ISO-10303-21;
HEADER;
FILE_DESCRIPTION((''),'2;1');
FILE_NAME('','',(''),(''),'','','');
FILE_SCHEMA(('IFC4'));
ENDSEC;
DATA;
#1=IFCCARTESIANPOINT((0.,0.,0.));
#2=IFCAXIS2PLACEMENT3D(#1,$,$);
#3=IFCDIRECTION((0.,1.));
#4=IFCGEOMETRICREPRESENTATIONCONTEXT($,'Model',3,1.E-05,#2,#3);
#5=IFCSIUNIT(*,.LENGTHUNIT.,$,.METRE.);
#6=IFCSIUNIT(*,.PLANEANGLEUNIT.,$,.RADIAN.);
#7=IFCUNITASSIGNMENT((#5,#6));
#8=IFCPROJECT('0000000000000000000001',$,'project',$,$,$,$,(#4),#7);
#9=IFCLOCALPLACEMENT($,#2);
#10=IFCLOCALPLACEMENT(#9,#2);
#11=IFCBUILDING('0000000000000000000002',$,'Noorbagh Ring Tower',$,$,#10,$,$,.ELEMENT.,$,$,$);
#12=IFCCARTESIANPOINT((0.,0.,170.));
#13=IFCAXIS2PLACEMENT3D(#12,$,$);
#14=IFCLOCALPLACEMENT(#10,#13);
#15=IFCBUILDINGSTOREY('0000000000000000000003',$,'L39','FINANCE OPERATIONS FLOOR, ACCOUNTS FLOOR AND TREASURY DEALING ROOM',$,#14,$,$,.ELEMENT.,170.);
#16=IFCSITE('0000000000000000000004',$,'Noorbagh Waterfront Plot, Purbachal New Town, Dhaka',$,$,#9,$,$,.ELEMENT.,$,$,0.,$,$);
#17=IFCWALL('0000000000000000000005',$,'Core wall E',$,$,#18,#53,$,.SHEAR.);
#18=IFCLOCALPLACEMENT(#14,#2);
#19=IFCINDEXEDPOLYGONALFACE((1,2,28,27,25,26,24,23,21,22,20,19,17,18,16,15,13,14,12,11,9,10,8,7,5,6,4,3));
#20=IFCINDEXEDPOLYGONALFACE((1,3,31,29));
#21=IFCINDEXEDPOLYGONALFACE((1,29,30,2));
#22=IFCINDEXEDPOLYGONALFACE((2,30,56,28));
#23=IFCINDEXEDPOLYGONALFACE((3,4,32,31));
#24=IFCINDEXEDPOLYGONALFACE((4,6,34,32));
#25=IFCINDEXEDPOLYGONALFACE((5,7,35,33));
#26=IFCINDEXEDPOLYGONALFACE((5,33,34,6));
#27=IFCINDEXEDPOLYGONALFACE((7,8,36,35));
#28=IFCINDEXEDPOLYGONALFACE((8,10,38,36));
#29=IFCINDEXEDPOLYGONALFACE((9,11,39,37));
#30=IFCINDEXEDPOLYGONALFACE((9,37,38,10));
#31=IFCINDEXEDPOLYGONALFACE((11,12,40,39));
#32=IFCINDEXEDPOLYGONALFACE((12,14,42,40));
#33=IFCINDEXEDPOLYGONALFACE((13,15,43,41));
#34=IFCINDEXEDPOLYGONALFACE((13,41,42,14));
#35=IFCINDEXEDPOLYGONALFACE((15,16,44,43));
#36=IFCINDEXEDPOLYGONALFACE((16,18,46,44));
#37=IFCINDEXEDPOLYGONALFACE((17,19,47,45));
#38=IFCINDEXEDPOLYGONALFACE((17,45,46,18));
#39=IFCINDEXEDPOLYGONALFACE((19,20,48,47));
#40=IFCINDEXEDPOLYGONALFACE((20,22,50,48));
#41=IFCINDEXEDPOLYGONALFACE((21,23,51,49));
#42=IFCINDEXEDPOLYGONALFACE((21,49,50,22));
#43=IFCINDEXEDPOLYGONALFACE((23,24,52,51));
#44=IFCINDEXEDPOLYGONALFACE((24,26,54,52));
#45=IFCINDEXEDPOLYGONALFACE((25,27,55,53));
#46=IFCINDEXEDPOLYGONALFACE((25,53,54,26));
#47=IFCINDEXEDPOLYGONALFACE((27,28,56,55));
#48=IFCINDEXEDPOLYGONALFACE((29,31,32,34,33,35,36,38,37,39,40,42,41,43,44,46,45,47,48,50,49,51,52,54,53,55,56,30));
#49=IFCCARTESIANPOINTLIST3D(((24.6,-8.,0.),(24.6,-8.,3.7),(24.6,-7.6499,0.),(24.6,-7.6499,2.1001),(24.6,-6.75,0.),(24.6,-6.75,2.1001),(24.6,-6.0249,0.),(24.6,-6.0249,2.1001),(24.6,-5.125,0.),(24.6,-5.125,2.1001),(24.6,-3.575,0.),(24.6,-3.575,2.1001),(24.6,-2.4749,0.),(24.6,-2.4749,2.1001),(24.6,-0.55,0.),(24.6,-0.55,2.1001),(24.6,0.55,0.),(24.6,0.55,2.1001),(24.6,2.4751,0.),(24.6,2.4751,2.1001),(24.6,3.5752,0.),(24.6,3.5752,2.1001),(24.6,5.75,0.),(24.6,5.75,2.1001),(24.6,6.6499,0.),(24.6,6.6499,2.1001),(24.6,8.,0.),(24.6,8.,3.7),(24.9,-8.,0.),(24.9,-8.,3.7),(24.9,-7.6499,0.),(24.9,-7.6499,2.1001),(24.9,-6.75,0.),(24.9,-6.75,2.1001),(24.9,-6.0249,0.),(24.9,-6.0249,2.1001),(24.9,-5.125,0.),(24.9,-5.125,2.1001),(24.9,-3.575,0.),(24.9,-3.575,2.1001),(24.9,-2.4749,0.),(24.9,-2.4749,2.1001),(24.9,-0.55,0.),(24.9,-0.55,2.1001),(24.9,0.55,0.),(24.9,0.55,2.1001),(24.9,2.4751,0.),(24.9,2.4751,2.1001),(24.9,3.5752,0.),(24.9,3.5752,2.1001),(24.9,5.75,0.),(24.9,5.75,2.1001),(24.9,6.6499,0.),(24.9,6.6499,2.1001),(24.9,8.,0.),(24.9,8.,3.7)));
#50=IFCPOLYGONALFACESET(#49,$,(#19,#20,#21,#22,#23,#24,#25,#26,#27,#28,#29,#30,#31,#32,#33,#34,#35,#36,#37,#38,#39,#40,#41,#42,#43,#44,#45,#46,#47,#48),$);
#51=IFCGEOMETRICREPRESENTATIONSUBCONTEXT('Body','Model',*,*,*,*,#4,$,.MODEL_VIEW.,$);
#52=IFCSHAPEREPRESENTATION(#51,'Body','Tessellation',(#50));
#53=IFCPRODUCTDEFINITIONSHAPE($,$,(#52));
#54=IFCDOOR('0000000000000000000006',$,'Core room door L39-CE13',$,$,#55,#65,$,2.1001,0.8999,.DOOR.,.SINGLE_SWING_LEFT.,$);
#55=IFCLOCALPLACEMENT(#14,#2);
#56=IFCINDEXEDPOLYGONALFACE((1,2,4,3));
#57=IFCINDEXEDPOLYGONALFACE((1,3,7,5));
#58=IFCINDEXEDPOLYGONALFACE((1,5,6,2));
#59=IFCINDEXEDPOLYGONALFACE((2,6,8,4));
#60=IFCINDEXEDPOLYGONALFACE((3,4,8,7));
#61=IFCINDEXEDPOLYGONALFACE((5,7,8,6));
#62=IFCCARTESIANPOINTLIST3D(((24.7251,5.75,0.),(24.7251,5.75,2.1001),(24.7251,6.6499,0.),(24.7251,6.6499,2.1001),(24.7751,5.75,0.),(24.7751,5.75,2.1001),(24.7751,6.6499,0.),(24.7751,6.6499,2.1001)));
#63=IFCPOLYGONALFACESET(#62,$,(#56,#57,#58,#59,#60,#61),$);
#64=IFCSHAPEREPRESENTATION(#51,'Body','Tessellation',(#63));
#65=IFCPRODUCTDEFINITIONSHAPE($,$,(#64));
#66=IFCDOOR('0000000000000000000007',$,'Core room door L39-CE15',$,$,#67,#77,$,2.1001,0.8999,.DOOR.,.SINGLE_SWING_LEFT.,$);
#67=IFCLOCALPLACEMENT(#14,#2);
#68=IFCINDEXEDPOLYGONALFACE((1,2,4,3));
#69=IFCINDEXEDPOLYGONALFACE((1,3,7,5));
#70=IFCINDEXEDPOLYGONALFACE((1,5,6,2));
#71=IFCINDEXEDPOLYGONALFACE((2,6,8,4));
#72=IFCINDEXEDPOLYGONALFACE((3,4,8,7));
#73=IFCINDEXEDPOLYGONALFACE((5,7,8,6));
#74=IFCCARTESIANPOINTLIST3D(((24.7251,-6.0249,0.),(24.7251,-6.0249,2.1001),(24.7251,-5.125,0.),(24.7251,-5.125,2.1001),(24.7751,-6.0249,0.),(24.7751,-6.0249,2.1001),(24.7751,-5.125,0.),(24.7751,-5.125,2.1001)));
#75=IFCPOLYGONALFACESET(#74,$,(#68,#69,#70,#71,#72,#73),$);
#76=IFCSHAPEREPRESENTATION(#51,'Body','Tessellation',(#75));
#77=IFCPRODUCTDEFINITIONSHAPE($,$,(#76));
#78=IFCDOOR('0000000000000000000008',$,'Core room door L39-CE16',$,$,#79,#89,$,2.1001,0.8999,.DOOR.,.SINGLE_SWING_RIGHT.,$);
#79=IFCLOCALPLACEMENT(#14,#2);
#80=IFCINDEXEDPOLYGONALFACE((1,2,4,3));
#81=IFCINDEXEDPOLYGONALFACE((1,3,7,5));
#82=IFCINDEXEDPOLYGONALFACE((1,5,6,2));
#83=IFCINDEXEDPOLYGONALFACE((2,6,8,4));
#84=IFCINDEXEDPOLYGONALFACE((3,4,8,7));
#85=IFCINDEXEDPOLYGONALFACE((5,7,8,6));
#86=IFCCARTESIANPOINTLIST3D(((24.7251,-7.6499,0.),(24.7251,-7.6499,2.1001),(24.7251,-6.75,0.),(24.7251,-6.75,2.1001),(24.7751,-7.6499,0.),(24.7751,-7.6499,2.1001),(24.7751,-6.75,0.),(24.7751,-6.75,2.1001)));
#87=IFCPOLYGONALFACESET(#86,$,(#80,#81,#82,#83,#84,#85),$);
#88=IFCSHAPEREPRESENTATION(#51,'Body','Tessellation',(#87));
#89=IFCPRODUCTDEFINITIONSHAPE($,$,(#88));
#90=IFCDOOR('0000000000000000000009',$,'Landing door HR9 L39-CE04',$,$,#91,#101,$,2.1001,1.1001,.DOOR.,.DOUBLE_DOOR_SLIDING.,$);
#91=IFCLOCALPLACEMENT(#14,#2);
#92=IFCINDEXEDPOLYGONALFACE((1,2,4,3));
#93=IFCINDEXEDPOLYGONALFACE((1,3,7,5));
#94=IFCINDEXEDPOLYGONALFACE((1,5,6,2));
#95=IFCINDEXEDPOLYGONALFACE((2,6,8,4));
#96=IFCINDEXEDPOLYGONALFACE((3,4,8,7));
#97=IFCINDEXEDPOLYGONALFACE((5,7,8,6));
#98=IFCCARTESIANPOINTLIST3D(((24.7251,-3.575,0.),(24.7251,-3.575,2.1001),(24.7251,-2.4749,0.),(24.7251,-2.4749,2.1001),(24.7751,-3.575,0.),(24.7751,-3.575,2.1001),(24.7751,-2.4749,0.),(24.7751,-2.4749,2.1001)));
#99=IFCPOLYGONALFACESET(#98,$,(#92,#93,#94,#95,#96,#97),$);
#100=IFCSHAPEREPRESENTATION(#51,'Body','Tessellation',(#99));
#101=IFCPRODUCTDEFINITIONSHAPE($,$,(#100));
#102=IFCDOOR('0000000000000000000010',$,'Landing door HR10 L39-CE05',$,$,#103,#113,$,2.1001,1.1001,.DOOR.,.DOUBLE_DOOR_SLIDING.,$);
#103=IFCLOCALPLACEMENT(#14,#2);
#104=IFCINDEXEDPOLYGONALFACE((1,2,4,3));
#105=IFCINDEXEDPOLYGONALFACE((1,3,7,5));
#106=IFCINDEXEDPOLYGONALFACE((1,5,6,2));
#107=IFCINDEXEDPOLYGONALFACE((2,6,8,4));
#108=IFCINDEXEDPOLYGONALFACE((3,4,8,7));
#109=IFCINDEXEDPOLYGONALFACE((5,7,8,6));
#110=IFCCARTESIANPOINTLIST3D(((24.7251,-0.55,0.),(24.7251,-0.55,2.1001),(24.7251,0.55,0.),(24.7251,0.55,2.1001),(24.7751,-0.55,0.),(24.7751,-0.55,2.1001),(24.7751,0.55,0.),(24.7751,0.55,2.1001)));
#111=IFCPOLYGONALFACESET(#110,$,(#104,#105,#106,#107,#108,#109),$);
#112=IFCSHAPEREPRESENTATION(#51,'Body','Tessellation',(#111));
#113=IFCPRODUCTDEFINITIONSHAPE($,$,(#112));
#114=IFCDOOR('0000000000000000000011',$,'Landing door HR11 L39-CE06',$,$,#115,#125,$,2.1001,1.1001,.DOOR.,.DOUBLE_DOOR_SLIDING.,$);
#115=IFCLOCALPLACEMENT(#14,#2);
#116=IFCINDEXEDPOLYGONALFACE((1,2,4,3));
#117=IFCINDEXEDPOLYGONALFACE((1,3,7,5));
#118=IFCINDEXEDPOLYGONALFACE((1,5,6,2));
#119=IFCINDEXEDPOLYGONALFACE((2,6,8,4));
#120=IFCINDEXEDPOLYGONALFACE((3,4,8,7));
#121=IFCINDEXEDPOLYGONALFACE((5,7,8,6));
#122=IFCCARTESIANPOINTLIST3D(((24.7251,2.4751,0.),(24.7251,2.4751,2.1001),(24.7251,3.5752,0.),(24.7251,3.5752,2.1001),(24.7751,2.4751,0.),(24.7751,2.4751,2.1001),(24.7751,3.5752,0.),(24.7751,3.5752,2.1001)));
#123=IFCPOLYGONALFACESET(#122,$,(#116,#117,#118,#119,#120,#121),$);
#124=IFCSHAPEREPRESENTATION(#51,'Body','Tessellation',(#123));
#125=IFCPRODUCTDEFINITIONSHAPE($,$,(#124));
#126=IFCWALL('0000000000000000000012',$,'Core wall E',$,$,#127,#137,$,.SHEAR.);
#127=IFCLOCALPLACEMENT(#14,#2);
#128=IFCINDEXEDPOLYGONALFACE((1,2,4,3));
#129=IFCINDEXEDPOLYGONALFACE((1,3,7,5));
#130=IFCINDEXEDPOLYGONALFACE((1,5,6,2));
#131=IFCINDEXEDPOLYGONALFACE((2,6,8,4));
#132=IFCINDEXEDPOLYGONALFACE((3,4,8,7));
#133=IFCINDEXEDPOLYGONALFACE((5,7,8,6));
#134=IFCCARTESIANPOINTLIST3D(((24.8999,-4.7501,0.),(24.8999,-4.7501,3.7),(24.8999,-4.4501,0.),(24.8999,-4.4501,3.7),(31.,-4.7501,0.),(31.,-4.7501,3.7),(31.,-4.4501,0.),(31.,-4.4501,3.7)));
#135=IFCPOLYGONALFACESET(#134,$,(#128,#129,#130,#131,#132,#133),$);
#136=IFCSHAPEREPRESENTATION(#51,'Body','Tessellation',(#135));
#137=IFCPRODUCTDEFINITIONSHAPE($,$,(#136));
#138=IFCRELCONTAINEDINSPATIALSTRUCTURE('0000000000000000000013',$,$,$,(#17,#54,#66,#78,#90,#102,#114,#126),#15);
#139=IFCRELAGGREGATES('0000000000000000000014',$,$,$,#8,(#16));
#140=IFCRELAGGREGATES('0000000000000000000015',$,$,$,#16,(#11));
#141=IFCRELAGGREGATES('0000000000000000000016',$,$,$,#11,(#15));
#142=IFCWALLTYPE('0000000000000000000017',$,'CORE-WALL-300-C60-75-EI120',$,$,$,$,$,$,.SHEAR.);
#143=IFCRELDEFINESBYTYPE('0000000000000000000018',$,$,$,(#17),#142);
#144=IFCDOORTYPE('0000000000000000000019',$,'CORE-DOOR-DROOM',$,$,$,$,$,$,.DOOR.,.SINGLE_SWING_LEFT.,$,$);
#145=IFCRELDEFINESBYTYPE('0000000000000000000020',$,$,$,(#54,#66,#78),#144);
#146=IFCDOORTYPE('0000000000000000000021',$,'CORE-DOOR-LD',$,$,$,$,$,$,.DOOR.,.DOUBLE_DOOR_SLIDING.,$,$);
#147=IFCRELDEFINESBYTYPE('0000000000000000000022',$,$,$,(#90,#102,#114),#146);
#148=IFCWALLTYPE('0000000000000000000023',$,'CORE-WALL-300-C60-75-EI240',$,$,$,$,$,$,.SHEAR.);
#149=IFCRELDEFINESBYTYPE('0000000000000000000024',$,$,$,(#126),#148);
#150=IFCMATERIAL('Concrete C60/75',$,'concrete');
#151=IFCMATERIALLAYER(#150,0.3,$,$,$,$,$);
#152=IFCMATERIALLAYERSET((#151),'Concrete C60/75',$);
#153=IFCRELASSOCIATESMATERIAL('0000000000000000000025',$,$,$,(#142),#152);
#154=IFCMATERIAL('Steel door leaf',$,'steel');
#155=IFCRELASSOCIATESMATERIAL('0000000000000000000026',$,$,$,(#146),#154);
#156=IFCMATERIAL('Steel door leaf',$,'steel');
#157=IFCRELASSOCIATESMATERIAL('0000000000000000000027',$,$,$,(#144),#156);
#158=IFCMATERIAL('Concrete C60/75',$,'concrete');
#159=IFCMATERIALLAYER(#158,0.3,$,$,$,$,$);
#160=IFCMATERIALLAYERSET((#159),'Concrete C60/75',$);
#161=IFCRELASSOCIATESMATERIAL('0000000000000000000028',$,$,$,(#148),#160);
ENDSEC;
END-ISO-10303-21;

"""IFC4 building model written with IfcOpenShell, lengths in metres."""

from ifc_helpers import new_model, si_unit, direction, frame, frame_2d, origin, place, context, subcontext, project, spatial, rectangle, extrude, material, layer, layer_set, type_object, element, fill, save


model = new_model("IFC4")

# Units and contexts
model_context = context("Model", 3, precision=1e-05, world=origin(), true_north=direction((0.0, 1.0)))
body_context = subcontext(model_context, "Body", "Model", "MODEL_VIEW")
ifc_project = project(units=[si_unit("LENGTHUNIT", "METRE"), si_unit("PLANEANGLEUNIT", "RADIAN")], contexts=[model_context])

# Site, building, storey
site_placement = place(None, origin())
site = spatial("IfcSite", under=ifc_project, at=site_placement, Name="Noorbagh Waterfront Plot, Purbachal New Town, Dhaka", CompositionType="ELEMENT", RefElevation=0.0)
building_placement = place(site_placement, origin())
building = spatial("IfcBuilding", under=site, at=building_placement, Name="Noorbagh Ring Tower", CompositionType="ELEMENT")
storey_placement = place(building_placement, frame((0.0, 0.0, 170.0)))
storey = spatial("IfcBuildingStorey", under=building, at=storey_placement, Name="L39", Description="FINANCE OPERATIONS FLOOR, ACCOUNTS FLOOR AND TREASURY DEALING ROOM", CompositionType="ELEMENT", Elevation=170.0)

# Shared definitions
ifc_material_1 = material(Name="Concrete C60/75", Category="concrete")
ifc_layer_1 = layer(ifc_material_1, 0.3)
ifc_layer_set_1 = layer_set([ifc_layer_1], Name="Concrete C60/75")
wall_type_1 = type_object("IfcWallType", Name="CORE-WALL-300-C60-75-EI120", PredefinedType="SHEAR", material=ifc_layer_set_1)

# Wall, openings, doors
ifc_material_2 = material(Name="Steel door leaf", Category="steel")
door_type_1 = type_object("IfcDoorType", Name="CORE-DOOR-LD", OperationType="DOUBLE_DOOR_SLIDING", PredefinedType="DOOR", material=ifc_material_2)
wall_1_placement = place(storey_placement, frame((24.75, -8.0, 0.0), z_axis=(0.0, 0.0, 1.0), x_axis=(0.0, 1.0, 0.0)))
wall_1 = element("IfcWall", 1, at=wall_1_placement, inside=storey, type_object=wall_type_1, Name="Core wall E", PredefinedType="SHEAR", context=body_context, shape_type="SweptSolid", body=[
    extrude(rectangle(XDim=16.0, YDim=0.3, at=frame_2d((8.0, 0.0))), origin(), (0.0, 0.0, 1.0), 3.7),
])
opening_1_placement = place(wall_1_placement, frame((4.425, 0.0, 0.0)))
opening_1 = element("IfcOpeningElement", 2, at=opening_1_placement, cuts=wall_1, PredefinedType="OPENING", context=body_context, shape_type="SweptSolid", body=[
    extrude(rectangle(XDim=1.1001, YDim=2.1001, at=frame_2d((0.55, 1.05))), frame((0.0, 0.1602, 0.0), z_axis=(0.0, -1.0, 0.0), x_axis=(1.0, 0.0, 0.0)), (0.0, 0.0, 1.0), 0.3201),
])
opening_2_placement = place(wall_1_placement, frame((7.45, 0.0, 0.0)))
opening_2 = element("IfcOpeningElement", 3, at=opening_2_placement, cuts=wall_1, PredefinedType="OPENING", context=body_context, shape_type="SweptSolid", body=[
    extrude(rectangle(XDim=1.1001, YDim=2.1001, at=frame_2d((0.55, 1.05))), frame((0.0, 0.1602, 0.0), z_axis=(0.0, -1.0, 0.0), x_axis=(1.0, 0.0, 0.0)), (0.0, 0.0, 1.0), 0.3201),
])
opening_3_placement = place(wall_1_placement, frame((10.4751, 0.0, 0.0)))
opening_3 = element("IfcOpeningElement", 4, at=opening_3_placement, cuts=wall_1, PredefinedType="OPENING", context=body_context, shape_type="SweptSolid", body=[
    extrude(rectangle(XDim=1.1001, YDim=2.1001, at=frame_2d((0.55, 1.05))), frame((0.0, 0.1602, 0.0), z_axis=(0.0, -1.0, 0.0), x_axis=(1.0, 0.0, 0.0)), (0.0, 0.0, 1.0), 0.3201),
])
opening_4_placement = place(wall_1_placement, frame((13.75, 0.0, 0.0)))
opening_4 = element("IfcOpeningElement", 5, at=opening_4_placement, cuts=wall_1, PredefinedType="OPENING", context=body_context, shape_type="SweptSolid", body=[
    extrude(rectangle(XDim=0.8999, YDim=2.1001, at=frame_2d((0.45, 1.05))), frame((0.0, 0.1602, 0.0), z_axis=(0.0, -1.0, 0.0), x_axis=(1.0, 0.0, 0.0)), (0.0, 0.0, 1.0), 0.3201),
])
opening_5_placement = place(wall_1_placement, frame((1.9751, 0.0, 0.0)))
opening_5 = element("IfcOpeningElement", 6, at=opening_5_placement, cuts=wall_1, PredefinedType="OPENING", context=body_context, shape_type="SweptSolid", body=[
    extrude(rectangle(XDim=0.8999, YDim=2.1001, at=frame_2d((0.45, 1.05))), frame((0.0, 0.1602, 0.0), z_axis=(0.0, -1.0, 0.0), x_axis=(1.0, 0.0, 0.0)), (0.0, 0.0, 1.0), 0.3201),
])
opening_6_placement = place(wall_1_placement, frame((0.3501, 0.0, 0.0)))
opening_6 = element("IfcOpeningElement", 7, at=opening_6_placement, cuts=wall_1, PredefinedType="OPENING", context=body_context, shape_type="SweptSolid", body=[
    extrude(rectangle(XDim=0.8999, YDim=2.1001, at=frame_2d((0.45, 1.05))), frame((0.0, 0.1602, 0.0), z_axis=(0.0, -1.0, 0.0), x_axis=(1.0, 0.0, 0.0)), (0.0, 0.0, 1.0), 0.3201),
])
ifc_material_3 = material(Name="Steel door leaf", Category="steel")
door_type_2 = type_object("IfcDoorType", Name="CORE-DOOR-DROOM", OperationType="SINGLE_SWING_LEFT", PredefinedType="DOOR", material=ifc_material_3)
door_1_placement = place(opening_4_placement, origin())
door_1 = element("IfcDoor", 8, at=door_1_placement, inside=storey, type_object=door_type_2, Name="Core room door L39-CE13", OperationType="SINGLE_SWING_LEFT", OverallHeight=2.1001, OverallWidth=0.8999, PredefinedType="DOOR", context=body_context, shape_type="SweptSolid", body=[
    extrude(rectangle(XDim=0.8999, YDim=2.1001, at=frame_2d((0.45, 1.05))), frame((0.0, 0.0249, 0.0), z_axis=(0.0, -1.0, 0.0), x_axis=(1.0, 0.0, 0.0)), (0.0, 0.0, 1.0), 0.05),
])
fill(opening_4, door_1)
door_2_placement = place(opening_5_placement, origin())
door_2 = element("IfcDoor", 9, at=door_2_placement, inside=storey, type_object=door_type_2, Name="Core room door L39-CE15", OperationType="SINGLE_SWING_LEFT", OverallHeight=2.1001, OverallWidth=0.8999, PredefinedType="DOOR", context=body_context, shape_type="SweptSolid", body=[
    extrude(rectangle(XDim=0.8999, YDim=2.1001, at=frame_2d((0.45, 1.05))), frame((0.0, 0.0249, 0.0), z_axis=(0.0, -1.0, 0.0), x_axis=(1.0, 0.0, 0.0)), (0.0, 0.0, 1.0), 0.05),
])
fill(opening_5, door_2)
door_3_placement = place(opening_6_placement, origin())
door_3 = element("IfcDoor", 10, at=door_3_placement, inside=storey, type_object=door_type_2, Name="Core room door L39-CE16", OperationType="SINGLE_SWING_RIGHT", OverallHeight=2.1001, OverallWidth=0.8999, PredefinedType="DOOR", context=body_context, shape_type="SweptSolid", body=[
    extrude(rectangle(XDim=0.8999, YDim=2.1001, at=frame_2d((0.45, 1.05))), frame((0.0, 0.0249, 0.0), z_axis=(0.0, -1.0, 0.0), x_axis=(1.0, 0.0, 0.0)), (0.0, 0.0, 1.0), 0.05),
])
fill(opening_6, door_3)
door_4_placement = place(opening_1_placement, origin())
door_4 = element("IfcDoor", 11, at=door_4_placement, inside=storey, type_object=door_type_1, Name="Landing door HR9 L39-CE04", OperationType="DOUBLE_DOOR_SLIDING", OverallHeight=2.1001, OverallWidth=1.1001, PredefinedType="DOOR", context=body_context, shape_type="SweptSolid", body=[
    extrude(rectangle(XDim=1.1001, YDim=2.1001, at=frame_2d((0.55, 1.05))), frame((0.0, 0.0249, 0.0), z_axis=(0.0, -1.0, 0.0), x_axis=(1.0, 0.0, 0.0)), (0.0, 0.0, 1.0), 0.05),
])
fill(opening_1, door_4)
door_5_placement = place(opening_2_placement, origin())
door_5 = element("IfcDoor", 12, at=door_5_placement, inside=storey, type_object=door_type_1, Name="Landing door HR10 L39-CE05", OperationType="DOUBLE_DOOR_SLIDING", OverallHeight=2.1001, OverallWidth=1.1001, PredefinedType="DOOR", context=body_context, shape_type="SweptSolid", body=[
    extrude(rectangle(XDim=1.1001, YDim=2.1001, at=frame_2d((0.55, 1.05))), frame((0.0, 0.0249, 0.0), z_axis=(0.0, -1.0, 0.0), x_axis=(1.0, 0.0, 0.0)), (0.0, 0.0, 1.0), 0.05),
])
fill(opening_2, door_5)
door_6_placement = place(opening_3_placement, origin())
door_6 = element("IfcDoor", 13, at=door_6_placement, inside=storey, type_object=door_type_1, Name="Landing door HR11 L39-CE06", OperationType="DOUBLE_DOOR_SLIDING", OverallHeight=2.1001, OverallWidth=1.1001, PredefinedType="DOOR", context=body_context, shape_type="SweptSolid", body=[
    extrude(rectangle(XDim=1.1001, YDim=2.1001, at=frame_2d((0.55, 1.05))), frame((0.0, 0.0249, 0.0), z_axis=(0.0, -1.0, 0.0), x_axis=(1.0, 0.0, 0.0)), (0.0, 0.0, 1.0), 0.05),
])
fill(opening_3, door_6)

# Wall
ifc_material_4 = material(Name="Concrete C60/75", Category="concrete")
ifc_layer_2 = layer(ifc_material_4, 0.3)
ifc_layer_set_2 = layer_set([ifc_layer_2], Name="Concrete C60/75")
wall_type_2 = type_object("IfcWallType", Name="CORE-WALL-300-C60-75-EI240", PredefinedType="SHEAR", material=ifc_layer_set_2)
wall_2_placement = place(storey_placement, frame((24.8999, -4.6001, 0.0), z_axis=(0.0, 0.0, 1.0), x_axis=(1.0, 0.0, 0.0)))
element("IfcWall", 14, at=wall_2_placement, inside=storey, type_object=wall_type_2, Name="Core wall E", PredefinedType="SHEAR", context=body_context, shape_type="SweptSolid", body=[
    extrude(rectangle(XDim=6.1001, YDim=0.3, at=frame_2d((3.05, 0.0))), origin(), (0.0, 0.0, 1.0), 3.7),
])

save(model, "model.ifc")
